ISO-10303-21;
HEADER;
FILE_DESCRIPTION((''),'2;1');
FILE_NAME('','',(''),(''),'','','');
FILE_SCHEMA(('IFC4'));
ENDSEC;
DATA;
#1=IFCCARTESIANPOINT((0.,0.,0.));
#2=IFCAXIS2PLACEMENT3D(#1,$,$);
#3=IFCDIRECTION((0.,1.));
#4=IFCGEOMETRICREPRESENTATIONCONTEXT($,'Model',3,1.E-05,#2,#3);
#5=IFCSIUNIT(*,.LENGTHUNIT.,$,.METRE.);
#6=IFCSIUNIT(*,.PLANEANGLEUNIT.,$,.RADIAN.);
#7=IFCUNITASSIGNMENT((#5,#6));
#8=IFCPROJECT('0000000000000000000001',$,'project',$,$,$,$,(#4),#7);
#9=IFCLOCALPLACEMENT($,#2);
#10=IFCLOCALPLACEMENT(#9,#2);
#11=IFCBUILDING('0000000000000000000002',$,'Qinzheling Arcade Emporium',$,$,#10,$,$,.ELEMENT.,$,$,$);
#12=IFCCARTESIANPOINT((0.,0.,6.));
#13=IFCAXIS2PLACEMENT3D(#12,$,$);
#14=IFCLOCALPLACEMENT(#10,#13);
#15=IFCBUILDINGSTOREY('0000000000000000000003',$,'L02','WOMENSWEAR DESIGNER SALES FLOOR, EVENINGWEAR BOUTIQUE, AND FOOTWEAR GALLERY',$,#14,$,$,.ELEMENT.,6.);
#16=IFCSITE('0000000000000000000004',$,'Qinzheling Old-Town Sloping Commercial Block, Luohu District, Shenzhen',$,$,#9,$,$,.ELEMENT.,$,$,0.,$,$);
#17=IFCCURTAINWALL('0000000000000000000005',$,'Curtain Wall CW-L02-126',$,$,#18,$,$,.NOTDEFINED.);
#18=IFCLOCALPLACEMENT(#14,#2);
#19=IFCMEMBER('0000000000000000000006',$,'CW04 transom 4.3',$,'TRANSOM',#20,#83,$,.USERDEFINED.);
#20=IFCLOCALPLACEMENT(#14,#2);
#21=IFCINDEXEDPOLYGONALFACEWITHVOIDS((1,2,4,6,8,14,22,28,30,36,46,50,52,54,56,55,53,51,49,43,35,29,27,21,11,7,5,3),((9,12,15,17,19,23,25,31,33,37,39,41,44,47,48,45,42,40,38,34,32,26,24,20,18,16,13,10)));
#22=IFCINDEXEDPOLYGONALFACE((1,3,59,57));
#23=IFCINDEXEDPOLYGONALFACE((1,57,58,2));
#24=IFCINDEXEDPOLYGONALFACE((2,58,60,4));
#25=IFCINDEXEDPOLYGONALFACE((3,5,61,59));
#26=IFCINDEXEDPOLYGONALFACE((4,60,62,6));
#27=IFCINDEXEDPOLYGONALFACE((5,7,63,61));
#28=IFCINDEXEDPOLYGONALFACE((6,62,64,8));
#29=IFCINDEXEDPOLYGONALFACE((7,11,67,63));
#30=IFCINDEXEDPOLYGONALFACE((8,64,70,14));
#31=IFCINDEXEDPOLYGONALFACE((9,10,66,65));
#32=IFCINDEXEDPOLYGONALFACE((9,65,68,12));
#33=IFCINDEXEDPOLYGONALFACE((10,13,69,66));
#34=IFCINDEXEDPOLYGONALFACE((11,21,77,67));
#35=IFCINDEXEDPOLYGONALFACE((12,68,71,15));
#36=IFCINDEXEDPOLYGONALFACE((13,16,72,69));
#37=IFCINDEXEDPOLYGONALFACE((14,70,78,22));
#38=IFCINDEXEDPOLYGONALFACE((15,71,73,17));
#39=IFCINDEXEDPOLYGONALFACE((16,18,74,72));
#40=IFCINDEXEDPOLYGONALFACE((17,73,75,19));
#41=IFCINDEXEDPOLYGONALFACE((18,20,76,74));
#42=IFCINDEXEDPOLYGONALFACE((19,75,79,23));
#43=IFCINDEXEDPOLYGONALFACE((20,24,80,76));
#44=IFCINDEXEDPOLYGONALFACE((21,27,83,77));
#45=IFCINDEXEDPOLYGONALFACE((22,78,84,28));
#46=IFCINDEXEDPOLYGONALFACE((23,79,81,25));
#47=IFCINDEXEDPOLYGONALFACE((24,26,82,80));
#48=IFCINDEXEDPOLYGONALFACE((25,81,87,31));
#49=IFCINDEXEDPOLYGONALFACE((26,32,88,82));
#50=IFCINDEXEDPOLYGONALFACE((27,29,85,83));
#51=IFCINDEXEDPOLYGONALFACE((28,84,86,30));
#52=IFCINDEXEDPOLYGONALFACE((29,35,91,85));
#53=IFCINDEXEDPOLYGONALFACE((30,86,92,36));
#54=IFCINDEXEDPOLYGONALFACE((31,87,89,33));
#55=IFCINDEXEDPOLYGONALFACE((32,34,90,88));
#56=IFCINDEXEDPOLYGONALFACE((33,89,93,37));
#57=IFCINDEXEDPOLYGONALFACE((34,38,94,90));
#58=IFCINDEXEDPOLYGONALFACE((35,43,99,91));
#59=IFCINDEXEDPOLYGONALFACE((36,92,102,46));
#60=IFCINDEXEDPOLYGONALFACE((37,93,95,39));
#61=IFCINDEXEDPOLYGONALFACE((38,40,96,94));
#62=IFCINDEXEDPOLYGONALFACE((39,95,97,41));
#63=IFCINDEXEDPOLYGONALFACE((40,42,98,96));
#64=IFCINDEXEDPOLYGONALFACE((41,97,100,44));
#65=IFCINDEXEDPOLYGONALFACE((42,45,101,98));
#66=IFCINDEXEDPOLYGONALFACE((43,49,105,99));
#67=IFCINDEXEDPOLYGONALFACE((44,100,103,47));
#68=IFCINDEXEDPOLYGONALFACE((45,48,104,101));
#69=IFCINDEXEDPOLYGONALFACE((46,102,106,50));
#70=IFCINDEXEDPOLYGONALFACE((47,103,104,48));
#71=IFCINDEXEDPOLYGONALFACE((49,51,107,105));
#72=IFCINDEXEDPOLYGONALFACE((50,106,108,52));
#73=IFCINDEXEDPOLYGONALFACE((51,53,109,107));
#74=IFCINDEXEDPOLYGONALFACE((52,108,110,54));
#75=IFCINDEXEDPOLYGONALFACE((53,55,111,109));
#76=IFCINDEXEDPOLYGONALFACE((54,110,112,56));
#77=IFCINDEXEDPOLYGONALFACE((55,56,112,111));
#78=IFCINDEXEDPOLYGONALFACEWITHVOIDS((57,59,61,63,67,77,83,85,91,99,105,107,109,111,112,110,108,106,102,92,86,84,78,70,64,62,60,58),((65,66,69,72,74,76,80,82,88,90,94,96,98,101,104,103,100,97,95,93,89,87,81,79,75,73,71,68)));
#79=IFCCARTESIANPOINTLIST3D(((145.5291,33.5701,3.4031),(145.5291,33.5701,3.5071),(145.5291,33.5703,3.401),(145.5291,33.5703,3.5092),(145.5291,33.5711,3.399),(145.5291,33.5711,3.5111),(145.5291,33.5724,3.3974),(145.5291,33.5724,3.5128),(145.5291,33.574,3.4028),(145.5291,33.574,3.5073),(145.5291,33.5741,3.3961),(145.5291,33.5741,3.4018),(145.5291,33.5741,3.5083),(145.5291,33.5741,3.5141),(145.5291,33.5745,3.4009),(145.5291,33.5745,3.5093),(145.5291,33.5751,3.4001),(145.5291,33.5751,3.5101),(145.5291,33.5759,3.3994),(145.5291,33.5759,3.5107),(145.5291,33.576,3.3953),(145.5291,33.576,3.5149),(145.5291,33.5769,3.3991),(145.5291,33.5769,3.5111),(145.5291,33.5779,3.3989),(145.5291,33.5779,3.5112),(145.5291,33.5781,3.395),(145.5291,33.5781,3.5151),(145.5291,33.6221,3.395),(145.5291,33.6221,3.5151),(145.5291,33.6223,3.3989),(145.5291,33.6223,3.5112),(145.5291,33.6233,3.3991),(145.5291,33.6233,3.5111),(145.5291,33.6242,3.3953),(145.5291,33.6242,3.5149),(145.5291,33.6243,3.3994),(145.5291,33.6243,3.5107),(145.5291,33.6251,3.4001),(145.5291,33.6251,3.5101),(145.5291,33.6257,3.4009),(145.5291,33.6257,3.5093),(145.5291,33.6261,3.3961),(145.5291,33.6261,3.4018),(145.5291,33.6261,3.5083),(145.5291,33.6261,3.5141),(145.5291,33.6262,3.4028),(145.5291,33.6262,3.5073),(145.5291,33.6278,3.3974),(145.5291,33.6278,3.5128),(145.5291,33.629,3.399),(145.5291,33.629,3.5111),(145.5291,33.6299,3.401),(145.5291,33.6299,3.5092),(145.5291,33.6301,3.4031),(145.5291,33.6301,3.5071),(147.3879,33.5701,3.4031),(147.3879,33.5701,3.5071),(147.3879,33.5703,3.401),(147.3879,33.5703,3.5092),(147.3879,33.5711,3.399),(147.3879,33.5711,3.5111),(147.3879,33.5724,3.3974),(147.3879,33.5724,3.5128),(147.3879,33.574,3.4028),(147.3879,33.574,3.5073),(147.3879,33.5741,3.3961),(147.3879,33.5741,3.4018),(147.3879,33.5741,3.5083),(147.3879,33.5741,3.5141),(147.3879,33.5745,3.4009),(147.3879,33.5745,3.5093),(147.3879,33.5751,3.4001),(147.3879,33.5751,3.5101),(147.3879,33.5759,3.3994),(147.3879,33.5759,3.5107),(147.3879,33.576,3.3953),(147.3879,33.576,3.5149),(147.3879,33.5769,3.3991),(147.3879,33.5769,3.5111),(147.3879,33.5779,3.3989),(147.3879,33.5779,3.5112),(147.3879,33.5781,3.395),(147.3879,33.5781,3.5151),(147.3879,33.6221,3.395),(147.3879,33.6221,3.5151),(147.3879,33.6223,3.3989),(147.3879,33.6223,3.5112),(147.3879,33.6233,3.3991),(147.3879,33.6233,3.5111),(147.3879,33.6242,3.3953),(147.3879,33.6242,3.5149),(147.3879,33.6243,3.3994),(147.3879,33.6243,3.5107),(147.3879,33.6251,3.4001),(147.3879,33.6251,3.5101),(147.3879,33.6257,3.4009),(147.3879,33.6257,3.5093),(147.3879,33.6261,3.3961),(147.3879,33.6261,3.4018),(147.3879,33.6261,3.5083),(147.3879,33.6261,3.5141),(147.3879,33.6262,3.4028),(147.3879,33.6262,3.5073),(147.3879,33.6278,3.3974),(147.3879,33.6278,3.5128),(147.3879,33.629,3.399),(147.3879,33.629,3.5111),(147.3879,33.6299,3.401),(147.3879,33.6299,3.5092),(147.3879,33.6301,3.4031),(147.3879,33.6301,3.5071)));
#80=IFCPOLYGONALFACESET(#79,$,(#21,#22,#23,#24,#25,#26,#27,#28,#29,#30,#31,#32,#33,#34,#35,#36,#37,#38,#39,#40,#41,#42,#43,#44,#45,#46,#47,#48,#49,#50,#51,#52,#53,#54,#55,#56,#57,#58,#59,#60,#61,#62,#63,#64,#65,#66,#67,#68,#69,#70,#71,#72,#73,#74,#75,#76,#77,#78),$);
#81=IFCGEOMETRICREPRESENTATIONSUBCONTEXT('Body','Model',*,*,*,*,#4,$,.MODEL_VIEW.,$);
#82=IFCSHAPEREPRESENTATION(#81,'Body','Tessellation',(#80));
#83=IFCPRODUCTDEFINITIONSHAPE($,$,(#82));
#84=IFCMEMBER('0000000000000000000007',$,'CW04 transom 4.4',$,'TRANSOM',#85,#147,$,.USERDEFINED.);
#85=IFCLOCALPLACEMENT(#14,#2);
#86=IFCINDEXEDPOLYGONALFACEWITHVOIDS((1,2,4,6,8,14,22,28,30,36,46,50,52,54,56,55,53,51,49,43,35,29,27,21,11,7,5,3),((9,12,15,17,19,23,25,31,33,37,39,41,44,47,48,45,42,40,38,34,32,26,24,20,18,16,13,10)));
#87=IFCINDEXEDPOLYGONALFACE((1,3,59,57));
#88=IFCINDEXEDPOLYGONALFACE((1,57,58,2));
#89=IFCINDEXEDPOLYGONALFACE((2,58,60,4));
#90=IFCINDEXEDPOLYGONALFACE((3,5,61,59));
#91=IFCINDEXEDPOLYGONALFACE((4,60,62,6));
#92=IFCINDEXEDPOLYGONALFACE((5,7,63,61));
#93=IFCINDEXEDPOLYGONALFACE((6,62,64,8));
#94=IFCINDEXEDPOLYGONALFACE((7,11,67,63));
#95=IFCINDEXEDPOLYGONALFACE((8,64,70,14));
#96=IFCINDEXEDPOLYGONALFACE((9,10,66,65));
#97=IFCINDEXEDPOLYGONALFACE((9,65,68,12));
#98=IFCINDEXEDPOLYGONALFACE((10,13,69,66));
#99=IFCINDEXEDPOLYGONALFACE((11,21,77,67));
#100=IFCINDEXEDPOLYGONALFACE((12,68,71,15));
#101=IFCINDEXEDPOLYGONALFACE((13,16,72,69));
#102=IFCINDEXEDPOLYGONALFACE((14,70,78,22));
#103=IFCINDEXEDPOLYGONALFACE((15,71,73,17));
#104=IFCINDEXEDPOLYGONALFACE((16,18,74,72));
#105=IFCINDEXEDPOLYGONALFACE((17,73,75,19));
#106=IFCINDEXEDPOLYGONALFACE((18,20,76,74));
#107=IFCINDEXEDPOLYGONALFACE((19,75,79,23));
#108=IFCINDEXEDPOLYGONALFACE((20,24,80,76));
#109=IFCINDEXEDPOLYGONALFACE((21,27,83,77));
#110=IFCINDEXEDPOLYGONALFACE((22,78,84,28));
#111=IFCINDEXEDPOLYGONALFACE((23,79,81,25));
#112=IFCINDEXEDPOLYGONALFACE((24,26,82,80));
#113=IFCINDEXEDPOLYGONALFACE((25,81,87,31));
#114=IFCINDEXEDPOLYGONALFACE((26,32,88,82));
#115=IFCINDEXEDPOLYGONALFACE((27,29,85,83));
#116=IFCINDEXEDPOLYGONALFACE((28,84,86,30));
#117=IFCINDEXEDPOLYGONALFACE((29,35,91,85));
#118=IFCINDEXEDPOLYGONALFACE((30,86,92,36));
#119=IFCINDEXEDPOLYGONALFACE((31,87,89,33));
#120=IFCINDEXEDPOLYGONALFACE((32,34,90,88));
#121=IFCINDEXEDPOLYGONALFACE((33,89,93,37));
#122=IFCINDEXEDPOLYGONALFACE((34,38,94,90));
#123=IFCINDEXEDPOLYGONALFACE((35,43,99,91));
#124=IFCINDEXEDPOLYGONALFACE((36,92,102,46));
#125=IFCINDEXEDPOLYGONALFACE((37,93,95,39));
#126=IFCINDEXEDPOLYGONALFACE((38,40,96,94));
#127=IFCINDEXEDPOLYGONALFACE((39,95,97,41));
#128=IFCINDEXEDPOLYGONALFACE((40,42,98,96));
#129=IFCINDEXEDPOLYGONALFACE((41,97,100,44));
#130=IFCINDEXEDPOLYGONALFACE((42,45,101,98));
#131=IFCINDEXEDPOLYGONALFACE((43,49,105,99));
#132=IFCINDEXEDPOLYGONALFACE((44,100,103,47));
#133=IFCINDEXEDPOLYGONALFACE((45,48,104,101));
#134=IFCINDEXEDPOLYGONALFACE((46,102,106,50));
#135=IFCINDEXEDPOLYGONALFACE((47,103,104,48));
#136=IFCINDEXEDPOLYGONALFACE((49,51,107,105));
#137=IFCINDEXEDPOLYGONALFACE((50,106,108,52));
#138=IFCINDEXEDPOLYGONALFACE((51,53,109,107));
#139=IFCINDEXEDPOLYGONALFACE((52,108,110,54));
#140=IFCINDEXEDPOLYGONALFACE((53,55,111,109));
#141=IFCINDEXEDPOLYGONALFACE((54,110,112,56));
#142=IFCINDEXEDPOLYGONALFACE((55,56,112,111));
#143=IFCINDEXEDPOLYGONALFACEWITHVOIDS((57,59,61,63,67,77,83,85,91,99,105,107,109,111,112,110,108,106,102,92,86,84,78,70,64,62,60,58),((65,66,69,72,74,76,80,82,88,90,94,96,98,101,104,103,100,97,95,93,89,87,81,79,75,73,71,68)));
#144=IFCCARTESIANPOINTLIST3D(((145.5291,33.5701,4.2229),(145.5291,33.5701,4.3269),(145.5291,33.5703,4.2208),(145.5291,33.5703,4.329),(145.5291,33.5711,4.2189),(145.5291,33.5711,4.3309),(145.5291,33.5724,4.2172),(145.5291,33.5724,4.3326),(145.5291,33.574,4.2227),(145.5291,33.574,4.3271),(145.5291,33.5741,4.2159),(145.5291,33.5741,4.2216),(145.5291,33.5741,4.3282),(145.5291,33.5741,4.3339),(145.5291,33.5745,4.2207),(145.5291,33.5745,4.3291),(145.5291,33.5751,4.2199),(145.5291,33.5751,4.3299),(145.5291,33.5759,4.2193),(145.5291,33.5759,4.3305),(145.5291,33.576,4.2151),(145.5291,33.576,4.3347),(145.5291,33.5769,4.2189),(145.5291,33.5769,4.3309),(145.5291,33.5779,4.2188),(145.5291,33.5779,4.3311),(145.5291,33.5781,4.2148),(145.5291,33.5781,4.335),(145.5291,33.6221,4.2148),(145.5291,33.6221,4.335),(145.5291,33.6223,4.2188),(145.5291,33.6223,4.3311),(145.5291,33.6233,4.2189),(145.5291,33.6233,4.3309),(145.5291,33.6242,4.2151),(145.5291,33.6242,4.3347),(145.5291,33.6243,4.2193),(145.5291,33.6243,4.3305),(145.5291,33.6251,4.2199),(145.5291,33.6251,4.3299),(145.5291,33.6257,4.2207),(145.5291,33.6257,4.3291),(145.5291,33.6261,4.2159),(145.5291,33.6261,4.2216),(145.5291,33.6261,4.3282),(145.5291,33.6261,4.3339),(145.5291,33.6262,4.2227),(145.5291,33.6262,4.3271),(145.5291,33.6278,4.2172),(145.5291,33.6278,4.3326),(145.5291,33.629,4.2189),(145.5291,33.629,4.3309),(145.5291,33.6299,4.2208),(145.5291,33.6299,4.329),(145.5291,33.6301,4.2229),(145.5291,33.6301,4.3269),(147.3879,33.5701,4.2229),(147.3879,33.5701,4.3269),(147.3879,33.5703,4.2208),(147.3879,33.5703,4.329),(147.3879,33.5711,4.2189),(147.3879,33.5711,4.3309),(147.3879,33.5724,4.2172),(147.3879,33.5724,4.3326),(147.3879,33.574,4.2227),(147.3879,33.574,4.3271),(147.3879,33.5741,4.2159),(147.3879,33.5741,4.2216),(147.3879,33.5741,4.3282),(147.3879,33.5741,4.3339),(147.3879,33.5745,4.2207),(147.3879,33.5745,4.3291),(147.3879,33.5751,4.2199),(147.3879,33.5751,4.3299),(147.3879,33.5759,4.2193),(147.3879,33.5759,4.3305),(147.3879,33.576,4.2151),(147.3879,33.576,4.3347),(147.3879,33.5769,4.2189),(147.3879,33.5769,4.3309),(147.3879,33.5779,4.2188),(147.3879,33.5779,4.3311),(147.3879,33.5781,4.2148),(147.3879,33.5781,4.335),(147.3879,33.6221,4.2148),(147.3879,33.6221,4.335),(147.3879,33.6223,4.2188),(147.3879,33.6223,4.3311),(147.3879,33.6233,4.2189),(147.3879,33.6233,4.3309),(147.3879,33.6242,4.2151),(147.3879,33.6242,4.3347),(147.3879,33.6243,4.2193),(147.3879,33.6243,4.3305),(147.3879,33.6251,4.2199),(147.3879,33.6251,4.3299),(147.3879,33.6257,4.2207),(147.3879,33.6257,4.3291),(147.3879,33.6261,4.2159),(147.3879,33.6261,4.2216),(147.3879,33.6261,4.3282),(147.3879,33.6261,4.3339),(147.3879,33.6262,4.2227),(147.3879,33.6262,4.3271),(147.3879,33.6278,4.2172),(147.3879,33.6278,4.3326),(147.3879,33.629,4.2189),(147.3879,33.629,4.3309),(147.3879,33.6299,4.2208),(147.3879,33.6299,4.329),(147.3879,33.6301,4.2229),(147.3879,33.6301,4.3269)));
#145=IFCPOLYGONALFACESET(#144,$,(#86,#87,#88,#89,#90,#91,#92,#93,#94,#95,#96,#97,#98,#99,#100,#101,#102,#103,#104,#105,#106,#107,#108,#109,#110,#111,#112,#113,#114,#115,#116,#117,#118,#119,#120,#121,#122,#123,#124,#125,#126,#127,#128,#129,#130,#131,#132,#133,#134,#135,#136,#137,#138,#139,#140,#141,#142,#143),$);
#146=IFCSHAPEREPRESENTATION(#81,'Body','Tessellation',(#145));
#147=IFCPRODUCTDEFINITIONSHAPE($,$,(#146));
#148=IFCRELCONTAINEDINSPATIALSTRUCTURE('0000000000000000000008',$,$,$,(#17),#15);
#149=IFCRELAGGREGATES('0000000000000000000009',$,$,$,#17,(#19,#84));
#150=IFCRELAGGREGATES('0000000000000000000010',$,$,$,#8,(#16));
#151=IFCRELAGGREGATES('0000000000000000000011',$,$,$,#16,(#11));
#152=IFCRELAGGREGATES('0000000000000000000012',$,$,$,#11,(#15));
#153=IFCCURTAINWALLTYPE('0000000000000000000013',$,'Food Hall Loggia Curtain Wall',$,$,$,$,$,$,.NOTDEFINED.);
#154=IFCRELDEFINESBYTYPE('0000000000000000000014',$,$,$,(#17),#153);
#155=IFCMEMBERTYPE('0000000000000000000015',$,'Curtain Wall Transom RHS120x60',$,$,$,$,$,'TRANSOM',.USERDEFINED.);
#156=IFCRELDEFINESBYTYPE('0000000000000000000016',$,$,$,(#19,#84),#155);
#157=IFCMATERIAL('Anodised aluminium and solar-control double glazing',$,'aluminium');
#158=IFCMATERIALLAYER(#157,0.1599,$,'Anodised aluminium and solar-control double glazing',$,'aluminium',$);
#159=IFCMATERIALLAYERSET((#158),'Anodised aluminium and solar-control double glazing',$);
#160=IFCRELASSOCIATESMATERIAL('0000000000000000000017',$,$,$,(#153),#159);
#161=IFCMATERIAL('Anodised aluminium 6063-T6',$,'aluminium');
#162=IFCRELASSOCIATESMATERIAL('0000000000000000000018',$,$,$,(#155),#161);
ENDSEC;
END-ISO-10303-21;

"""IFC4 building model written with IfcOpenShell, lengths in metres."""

from ifc_helpers import new_model, si_unit, direction, frame, origin, origin_2d, place, context, subcontext, project, spatial, hollow_rectangle, extrude, material, layer, layer_set, material_profile, profile_set, type_object, element, aggregate, save


model = new_model("IFC4")

# Units and contexts
model_context = context("Model", 3, precision=1e-05, world=origin(), true_north=direction((0.0, 1.0)))
body_context = subcontext(model_context, "Body", "Model", "MODEL_VIEW")
ifc_project = project(units=[si_unit("LENGTHUNIT", "METRE"), si_unit("PLANEANGLEUNIT", "RADIAN")], contexts=[model_context])

# Site, building, storey
site_placement = place(None, origin())
site = spatial("IfcSite", under=ifc_project, at=site_placement, Name="Qinzheling Old-Town Sloping Commercial Block, Luohu District, Shenzhen", CompositionType="ELEMENT", RefElevation=0.0)
building_placement = place(site_placement, origin())
building = spatial("IfcBuilding", under=site, at=building_placement, Name="Qinzheling Arcade Emporium", CompositionType="ELEMENT")
storey_placement = place(building_placement, frame((0.0, 0.0, 6.0)))
storey = spatial("IfcBuildingStorey", under=building, at=storey_placement, Name="L02", Description="WOMENSWEAR DESIGNER SALES FLOOR, EVENINGWEAR BOUTIQUE, AND FOOTWEAR GALLERY", CompositionType="ELEMENT", Elevation=6.0)

# Curtain wall
ifc_material_1 = material(Name="Anodised aluminium and solar-control double glazing", Category="aluminium")
ifc_layer_1 = layer(ifc_material_1, 0.1599, Name="Anodised aluminium and solar-control double glazing", Category="aluminium")
ifc_layer_set_1 = layer_set([ifc_layer_1], Name="Anodised aluminium and solar-control double glazing")
curtain_wall_type = type_object("IfcCurtainWallType", Name="Food Hall Loggia Curtain Wall", PredefinedType="NOTDEFINED", material=ifc_layer_set_1)
curtain_wall_1_placement = place(storey_placement, origin())
curtain_wall_1 = element("IfcCurtainWall", 1, at=curtain_wall_1_placement, inside=storey, type_object=curtain_wall_type, Name="Curtain Wall CW-L02-126", PredefinedType="NOTDEFINED")
ifc_material_2 = material(Name="Anodised aluminium 6063-T6", Category="aluminium")

# Members
ifc_material_profile_1 = material_profile(ifc_material_2, hollow_rectangle(XDim=0.0601, YDim=0.1201, WallThickness=0.0039, InnerFilletRadius=0.0039, OuterFilletRadius=0.0081, at=origin_2d()), Name="RHS 120x60x4", Category="aluminium")
ifc_profile_set_1 = profile_set([ifc_material_profile_1], Name="Anodised aluminium 6063-T6")
member_type_1 = type_object("IfcMemberType", Name="Curtain Wall Transom RHS120x60", ElementType="TRANSOM", PredefinedType="USERDEFINED", material=ifc_profile_set_1)
member_1_placement = place(storey_placement, frame((145.5291, 33.6001, 3.4551), z_axis=(1.0, 0.0, 0.0), x_axis=(0.0, 1.0, 0.0)))
member_1 = element("IfcMember", 2, at=member_1_placement, type_object=member_type_1, Name="CW04 transom 4.3", ObjectType="TRANSOM", PredefinedType="USERDEFINED", context=body_context, shape_type="SweptSolid", body=[
    extrude(hollow_rectangle(XDim=0.0601, YDim=0.1201, WallThickness=0.0039, InnerFilletRadius=0.0039, OuterFilletRadius=0.0081, at=origin_2d()), origin(), (0.0, 0.0, 1.0), 1.8589),
])
member_2_placement = place(storey_placement, frame((145.5291, 33.6001, 4.2749), z_axis=(1.0, 0.0, 0.0), x_axis=(0.0, 1.0, 0.0)))
member_2 = element("IfcMember", 3, at=member_2_placement, type_object=member_type_1, Name="CW04 transom 4.4", ObjectType="TRANSOM", PredefinedType="USERDEFINED", context=body_context, shape_type="SweptSolid", body=[
    extrude(hollow_rectangle(XDim=0.0601, YDim=0.1201, WallThickness=0.0039, InnerFilletRadius=0.0039, OuterFilletRadius=0.0081, at=origin_2d()), origin(), (0.0, 0.0, 1.0), 1.8589),
])

aggregate(curtain_wall_1, [member_1, member_2])

save(model, "model.ifc")
